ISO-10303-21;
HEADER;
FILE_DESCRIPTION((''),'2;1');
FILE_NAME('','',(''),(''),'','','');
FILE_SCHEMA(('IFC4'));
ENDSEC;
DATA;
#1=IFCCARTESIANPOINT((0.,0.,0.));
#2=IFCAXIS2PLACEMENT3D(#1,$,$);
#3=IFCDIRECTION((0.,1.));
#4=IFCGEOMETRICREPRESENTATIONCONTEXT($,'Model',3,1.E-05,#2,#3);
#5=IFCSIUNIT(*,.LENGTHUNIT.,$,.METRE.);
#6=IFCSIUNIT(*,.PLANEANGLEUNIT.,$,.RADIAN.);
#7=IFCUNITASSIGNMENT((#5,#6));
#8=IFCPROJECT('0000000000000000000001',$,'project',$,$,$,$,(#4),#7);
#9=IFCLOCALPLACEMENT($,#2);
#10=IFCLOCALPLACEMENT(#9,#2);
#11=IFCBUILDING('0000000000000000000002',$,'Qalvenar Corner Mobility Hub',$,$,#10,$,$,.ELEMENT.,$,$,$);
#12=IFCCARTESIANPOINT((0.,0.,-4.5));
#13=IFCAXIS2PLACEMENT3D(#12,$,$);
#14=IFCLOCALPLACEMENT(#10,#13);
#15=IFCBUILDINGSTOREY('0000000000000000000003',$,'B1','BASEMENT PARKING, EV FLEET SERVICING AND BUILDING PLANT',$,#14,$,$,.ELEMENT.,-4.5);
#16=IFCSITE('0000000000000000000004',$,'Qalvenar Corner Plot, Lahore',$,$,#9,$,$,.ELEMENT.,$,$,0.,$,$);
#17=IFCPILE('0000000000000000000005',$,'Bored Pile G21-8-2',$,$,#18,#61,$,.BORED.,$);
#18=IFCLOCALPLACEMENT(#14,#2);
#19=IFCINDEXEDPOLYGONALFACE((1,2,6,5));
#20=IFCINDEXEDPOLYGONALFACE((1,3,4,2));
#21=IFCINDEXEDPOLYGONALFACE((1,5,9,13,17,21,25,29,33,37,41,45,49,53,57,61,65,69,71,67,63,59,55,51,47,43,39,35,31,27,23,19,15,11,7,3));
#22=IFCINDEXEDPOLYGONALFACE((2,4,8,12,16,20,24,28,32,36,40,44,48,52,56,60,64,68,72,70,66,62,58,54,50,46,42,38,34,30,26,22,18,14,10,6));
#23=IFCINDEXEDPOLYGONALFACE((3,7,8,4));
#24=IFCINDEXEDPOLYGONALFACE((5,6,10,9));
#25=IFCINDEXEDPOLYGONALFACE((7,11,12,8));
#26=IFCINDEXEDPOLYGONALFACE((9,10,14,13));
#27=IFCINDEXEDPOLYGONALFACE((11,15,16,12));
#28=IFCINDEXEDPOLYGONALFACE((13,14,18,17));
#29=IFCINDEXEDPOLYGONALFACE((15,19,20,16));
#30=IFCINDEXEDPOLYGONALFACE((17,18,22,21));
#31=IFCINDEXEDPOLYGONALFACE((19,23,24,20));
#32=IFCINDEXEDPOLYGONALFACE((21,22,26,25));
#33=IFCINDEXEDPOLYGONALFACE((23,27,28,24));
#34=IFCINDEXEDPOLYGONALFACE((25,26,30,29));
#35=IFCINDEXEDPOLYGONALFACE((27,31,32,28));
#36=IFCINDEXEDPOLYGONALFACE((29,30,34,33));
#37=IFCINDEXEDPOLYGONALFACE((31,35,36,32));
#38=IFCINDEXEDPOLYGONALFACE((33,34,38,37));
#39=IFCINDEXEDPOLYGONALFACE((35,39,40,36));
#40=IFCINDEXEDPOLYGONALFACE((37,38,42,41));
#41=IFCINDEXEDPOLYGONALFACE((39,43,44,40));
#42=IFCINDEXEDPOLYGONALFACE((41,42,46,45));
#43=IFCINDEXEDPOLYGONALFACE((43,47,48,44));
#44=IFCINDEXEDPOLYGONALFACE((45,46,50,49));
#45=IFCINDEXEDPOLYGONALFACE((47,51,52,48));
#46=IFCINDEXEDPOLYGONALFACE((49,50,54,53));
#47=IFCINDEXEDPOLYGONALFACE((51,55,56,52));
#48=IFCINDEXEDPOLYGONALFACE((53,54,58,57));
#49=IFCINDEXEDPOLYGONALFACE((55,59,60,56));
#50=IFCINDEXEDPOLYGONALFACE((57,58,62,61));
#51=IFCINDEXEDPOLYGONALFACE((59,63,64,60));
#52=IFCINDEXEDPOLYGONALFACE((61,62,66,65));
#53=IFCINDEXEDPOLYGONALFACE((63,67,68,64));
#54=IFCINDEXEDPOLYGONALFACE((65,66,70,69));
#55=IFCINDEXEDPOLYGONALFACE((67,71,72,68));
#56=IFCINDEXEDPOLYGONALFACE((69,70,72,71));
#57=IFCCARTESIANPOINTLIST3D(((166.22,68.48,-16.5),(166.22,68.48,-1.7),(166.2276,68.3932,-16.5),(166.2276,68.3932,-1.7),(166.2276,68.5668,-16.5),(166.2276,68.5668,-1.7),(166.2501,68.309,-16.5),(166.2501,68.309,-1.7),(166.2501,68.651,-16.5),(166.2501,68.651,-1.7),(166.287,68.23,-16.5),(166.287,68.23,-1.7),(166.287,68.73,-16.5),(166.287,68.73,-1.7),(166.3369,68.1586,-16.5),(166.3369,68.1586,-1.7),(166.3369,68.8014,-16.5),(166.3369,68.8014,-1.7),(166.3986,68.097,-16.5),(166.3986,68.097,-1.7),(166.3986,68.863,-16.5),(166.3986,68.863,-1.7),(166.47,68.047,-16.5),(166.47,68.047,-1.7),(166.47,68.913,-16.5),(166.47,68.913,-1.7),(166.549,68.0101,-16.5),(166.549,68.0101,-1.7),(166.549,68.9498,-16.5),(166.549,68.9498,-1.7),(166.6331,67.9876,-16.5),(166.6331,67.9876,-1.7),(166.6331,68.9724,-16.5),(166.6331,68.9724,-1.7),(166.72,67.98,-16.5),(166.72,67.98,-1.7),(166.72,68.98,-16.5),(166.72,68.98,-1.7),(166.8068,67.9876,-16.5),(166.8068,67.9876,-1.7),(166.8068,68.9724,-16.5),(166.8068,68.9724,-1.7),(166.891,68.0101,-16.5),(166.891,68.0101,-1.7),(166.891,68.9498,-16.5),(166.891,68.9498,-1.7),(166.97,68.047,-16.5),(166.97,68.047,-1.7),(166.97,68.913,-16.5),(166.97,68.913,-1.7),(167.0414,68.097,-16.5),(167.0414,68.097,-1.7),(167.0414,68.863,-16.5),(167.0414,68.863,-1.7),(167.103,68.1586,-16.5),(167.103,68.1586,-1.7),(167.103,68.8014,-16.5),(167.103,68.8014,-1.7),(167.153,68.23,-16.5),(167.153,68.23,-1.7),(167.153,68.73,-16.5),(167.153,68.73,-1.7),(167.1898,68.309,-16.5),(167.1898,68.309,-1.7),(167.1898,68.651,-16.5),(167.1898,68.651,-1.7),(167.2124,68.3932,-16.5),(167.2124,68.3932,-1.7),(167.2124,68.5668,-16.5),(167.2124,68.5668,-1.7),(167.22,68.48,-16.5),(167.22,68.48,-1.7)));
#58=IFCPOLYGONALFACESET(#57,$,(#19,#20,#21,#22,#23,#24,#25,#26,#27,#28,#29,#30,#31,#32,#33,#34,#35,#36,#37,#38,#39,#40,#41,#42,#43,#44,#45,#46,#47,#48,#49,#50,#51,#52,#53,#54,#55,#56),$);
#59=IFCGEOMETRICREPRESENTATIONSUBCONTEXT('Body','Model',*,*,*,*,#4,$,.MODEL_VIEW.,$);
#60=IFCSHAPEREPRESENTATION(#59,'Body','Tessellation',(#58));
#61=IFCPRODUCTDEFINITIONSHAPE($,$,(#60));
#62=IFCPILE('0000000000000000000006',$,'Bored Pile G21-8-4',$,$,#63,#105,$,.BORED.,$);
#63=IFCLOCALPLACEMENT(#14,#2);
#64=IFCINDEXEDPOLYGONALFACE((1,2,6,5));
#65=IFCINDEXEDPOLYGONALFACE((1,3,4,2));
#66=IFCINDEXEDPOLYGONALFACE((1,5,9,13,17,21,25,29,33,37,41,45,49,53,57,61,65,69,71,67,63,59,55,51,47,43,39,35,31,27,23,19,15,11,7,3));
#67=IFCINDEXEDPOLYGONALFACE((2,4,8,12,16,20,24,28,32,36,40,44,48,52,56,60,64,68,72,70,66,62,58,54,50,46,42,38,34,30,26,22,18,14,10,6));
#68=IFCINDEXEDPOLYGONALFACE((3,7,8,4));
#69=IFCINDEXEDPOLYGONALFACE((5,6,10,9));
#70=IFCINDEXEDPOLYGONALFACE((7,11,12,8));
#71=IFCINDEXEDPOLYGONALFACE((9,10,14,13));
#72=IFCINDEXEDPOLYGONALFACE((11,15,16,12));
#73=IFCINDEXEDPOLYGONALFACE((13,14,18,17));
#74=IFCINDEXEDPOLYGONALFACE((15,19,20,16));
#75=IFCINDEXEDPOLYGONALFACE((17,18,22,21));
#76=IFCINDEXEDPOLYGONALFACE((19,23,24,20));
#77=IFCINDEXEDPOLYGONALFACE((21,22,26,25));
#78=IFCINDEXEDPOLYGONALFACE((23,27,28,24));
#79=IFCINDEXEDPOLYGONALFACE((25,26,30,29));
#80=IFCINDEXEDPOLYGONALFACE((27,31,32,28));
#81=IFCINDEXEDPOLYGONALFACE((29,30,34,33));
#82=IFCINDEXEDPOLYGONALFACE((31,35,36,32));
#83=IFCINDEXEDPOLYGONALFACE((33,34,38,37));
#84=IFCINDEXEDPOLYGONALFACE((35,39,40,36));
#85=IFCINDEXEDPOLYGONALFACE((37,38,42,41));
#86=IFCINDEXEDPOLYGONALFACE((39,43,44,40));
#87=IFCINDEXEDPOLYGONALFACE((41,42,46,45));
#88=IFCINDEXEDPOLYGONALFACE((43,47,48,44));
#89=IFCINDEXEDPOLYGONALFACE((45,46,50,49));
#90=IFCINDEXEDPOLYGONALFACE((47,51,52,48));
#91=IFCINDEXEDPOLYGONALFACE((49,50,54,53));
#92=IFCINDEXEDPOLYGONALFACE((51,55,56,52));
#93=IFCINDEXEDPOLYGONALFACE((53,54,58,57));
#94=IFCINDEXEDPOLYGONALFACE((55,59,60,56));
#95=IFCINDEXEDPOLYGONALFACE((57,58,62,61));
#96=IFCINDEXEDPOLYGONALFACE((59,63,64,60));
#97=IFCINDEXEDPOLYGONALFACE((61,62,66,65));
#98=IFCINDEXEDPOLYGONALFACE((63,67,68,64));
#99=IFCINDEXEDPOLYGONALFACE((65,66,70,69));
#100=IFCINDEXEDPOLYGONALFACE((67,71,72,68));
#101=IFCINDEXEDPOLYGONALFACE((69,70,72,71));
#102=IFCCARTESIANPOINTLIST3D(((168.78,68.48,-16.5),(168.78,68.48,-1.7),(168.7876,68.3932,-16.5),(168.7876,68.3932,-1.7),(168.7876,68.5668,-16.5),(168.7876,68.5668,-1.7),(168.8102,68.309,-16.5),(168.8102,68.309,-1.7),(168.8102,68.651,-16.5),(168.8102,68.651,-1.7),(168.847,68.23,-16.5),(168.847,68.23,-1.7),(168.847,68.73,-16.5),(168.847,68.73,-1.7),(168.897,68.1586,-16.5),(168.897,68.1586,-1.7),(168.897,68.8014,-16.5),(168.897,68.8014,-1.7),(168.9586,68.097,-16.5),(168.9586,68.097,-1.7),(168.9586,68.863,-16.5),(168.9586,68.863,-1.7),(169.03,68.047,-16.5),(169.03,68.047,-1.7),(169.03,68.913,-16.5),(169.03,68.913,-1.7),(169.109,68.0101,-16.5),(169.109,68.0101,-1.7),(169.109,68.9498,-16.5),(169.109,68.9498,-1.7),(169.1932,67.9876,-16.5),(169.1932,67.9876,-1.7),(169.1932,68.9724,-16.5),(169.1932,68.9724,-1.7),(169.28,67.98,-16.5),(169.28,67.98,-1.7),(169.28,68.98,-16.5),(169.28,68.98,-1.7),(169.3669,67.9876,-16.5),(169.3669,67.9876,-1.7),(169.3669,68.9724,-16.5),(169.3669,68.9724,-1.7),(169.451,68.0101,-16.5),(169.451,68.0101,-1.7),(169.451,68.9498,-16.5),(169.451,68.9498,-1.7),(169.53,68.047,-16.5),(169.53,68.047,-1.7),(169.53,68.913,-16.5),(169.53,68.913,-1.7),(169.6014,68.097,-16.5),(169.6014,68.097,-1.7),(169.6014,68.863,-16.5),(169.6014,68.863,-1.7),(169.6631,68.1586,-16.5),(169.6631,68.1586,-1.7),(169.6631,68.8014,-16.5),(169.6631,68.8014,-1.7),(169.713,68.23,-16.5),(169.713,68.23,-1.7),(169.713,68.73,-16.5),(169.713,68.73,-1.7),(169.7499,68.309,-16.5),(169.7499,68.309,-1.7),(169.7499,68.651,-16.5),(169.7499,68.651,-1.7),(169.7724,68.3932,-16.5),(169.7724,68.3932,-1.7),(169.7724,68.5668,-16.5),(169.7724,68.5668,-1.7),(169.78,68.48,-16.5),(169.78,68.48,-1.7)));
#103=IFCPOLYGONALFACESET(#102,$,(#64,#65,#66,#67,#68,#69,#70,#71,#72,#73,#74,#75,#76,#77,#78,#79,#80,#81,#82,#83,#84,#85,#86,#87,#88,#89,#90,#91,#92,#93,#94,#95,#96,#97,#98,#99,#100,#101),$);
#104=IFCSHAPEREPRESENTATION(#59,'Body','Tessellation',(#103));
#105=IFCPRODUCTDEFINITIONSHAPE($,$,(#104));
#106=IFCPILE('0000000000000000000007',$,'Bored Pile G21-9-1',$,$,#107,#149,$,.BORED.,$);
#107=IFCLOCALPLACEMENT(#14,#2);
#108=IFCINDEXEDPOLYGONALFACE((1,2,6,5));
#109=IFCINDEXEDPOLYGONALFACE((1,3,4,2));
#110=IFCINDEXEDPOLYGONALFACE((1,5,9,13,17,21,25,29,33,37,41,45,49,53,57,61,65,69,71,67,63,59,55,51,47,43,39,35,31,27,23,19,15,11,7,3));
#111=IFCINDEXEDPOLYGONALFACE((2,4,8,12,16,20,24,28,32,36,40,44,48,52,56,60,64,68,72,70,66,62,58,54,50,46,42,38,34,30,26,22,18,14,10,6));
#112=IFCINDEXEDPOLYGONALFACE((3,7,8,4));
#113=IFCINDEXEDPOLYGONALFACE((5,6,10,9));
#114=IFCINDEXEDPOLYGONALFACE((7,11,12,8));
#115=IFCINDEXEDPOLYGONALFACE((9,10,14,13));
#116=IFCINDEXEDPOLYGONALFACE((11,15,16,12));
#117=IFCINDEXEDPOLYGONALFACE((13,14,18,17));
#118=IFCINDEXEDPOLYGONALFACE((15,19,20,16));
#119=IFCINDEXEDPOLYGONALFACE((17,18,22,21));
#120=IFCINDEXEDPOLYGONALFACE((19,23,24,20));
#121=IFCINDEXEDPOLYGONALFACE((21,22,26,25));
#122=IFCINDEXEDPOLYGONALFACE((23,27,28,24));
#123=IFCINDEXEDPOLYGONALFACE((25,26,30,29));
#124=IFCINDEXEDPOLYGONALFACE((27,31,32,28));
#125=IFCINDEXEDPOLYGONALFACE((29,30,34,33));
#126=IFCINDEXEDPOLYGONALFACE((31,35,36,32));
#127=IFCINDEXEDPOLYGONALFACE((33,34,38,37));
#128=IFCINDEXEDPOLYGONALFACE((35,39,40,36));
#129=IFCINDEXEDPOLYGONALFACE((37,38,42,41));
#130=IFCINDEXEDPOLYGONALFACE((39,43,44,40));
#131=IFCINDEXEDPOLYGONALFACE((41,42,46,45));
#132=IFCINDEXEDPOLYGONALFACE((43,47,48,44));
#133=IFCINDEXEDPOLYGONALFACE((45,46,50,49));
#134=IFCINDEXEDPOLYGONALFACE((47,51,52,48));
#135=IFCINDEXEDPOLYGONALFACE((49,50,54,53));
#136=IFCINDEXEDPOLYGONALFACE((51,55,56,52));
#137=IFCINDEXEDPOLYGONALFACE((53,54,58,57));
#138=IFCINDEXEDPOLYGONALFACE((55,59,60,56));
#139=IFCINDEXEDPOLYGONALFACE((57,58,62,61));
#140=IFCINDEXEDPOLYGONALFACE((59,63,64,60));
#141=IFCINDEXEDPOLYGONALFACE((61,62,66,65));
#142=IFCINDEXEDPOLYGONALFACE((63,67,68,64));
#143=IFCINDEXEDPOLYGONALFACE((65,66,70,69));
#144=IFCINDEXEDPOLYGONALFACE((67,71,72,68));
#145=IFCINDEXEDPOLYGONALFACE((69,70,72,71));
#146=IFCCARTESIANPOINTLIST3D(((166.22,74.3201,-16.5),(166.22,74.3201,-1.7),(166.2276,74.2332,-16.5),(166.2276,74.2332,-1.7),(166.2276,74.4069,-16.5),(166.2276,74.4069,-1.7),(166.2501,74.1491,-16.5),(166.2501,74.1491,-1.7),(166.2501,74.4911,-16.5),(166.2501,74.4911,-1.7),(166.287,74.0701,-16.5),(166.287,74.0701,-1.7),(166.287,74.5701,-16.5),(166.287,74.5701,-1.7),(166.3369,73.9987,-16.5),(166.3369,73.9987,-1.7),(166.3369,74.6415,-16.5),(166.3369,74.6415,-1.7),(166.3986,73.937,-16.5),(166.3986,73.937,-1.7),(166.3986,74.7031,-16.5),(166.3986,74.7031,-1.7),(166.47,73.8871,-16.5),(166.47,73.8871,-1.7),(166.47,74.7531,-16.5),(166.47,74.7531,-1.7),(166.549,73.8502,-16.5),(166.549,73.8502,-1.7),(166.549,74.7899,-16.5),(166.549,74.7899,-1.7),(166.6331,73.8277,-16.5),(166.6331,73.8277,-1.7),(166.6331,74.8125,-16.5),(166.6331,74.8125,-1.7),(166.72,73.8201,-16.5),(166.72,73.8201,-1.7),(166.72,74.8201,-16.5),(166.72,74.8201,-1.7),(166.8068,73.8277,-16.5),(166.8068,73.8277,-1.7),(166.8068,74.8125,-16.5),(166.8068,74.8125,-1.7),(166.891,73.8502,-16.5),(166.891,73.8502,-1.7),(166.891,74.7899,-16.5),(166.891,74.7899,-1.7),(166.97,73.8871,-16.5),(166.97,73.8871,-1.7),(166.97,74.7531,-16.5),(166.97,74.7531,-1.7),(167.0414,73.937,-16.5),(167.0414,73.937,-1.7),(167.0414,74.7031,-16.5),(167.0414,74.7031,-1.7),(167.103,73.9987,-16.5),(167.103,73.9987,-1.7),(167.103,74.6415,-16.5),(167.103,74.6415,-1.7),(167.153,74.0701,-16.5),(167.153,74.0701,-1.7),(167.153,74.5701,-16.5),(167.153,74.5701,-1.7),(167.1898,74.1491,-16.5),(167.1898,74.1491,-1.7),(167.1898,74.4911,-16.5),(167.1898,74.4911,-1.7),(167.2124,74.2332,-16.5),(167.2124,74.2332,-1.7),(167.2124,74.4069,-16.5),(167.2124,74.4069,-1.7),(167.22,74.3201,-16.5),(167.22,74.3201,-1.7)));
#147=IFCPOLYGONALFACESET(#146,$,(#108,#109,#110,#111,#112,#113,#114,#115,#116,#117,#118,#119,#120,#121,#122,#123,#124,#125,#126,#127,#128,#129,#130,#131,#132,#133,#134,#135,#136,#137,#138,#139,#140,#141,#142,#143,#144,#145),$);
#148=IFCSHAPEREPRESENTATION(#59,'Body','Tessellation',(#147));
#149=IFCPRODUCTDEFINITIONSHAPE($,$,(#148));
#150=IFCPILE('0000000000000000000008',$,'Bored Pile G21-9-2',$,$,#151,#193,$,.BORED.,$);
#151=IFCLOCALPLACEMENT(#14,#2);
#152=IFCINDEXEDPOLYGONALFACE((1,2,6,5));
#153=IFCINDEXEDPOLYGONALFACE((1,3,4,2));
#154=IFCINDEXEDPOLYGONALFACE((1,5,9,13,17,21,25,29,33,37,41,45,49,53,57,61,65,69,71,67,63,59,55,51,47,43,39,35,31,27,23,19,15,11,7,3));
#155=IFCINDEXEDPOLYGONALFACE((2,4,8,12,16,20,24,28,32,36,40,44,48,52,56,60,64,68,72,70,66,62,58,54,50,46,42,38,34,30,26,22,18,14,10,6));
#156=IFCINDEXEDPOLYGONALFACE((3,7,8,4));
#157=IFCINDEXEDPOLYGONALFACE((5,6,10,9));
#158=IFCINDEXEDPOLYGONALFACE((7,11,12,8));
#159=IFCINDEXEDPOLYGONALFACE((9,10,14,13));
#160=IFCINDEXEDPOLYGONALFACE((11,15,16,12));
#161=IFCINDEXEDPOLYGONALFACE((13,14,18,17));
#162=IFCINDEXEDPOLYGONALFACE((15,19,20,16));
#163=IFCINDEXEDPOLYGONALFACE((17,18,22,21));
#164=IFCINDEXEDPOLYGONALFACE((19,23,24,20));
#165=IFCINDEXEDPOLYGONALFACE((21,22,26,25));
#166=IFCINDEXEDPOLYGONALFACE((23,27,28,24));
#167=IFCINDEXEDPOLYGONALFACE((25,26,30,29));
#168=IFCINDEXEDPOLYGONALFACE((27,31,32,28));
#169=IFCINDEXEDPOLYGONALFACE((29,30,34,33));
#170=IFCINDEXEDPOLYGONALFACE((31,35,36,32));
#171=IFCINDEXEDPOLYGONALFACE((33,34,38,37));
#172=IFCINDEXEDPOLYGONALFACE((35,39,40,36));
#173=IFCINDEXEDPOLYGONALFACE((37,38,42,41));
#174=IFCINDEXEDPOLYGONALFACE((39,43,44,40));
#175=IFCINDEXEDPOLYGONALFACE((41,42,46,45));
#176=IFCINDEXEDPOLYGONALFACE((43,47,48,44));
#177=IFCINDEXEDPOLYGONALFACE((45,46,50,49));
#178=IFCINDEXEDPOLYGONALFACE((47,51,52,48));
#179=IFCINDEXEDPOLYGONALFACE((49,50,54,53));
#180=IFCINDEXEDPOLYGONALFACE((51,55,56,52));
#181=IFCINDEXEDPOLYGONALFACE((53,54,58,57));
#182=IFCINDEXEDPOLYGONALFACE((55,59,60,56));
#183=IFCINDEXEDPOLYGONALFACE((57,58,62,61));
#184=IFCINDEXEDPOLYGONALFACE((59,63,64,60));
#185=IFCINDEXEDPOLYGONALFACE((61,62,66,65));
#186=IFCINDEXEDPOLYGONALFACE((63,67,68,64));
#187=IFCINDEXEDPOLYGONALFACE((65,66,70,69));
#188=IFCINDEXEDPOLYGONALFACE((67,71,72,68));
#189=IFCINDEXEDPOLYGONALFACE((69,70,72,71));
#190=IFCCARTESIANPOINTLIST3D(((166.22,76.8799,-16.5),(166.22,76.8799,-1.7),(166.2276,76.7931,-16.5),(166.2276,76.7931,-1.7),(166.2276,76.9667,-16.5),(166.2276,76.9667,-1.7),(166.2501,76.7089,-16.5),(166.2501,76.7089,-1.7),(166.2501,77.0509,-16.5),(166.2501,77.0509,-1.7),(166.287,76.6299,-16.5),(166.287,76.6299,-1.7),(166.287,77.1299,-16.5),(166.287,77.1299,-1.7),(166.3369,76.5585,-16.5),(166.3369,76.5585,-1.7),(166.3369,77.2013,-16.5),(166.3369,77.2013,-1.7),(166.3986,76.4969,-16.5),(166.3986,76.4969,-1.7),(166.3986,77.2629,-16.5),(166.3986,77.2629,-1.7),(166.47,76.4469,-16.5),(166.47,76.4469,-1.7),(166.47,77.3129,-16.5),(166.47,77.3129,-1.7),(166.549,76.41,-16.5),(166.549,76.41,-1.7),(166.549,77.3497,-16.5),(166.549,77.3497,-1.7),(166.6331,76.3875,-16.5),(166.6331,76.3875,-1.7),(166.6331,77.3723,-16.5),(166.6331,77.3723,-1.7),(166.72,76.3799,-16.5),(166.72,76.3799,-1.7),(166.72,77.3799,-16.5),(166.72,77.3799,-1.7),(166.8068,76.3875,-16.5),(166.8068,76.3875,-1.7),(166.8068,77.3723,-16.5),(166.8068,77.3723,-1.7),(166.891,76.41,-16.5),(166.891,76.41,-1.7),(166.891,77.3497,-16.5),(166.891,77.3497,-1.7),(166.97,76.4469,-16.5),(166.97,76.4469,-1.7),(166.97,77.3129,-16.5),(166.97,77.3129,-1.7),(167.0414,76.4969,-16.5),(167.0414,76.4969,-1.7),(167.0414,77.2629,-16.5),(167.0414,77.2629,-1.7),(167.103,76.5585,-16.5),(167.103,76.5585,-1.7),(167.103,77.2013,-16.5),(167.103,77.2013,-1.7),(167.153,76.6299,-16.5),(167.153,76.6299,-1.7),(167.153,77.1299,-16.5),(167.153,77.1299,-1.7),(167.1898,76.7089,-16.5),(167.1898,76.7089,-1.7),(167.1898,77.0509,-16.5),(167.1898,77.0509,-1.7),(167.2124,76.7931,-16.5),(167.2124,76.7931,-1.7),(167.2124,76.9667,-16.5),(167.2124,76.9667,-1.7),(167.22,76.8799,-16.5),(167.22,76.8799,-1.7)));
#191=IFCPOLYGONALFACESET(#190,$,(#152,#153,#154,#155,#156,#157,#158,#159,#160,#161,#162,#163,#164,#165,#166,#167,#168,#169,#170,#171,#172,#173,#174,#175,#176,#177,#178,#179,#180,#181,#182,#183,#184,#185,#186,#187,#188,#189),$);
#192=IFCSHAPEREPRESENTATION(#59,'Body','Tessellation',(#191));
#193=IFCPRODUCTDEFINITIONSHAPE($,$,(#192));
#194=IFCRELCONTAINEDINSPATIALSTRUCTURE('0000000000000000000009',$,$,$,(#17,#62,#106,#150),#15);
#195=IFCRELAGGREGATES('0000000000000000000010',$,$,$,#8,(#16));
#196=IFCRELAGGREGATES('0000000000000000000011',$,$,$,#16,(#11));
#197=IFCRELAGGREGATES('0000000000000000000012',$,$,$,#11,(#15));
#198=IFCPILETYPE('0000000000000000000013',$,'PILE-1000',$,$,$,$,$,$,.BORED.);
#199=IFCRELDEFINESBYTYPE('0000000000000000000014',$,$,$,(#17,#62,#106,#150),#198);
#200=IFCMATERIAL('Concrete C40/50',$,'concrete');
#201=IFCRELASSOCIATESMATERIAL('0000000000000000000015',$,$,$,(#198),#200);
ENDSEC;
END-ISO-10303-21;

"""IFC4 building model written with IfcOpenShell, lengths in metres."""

from ifc_helpers import new_model, si_unit, direction, frame, origin, origin_2d, place, context, subcontext, project, spatial, circle, extrude, material, material_profile, profile_set, type_object, element, save


model = new_model("IFC4")

# Units and contexts
model_context = context("Model", 3, precision=1e-05, world=origin(), true_north=direction((0.0, 1.0)))
body_context = subcontext(model_context, "Body", "Model", "MODEL_VIEW")
ifc_project = project(units=[si_unit("LENGTHUNIT", "METRE"), si_unit("PLANEANGLEUNIT", "RADIAN")], contexts=[model_context])

# Site, building, storey
site_placement = place(None, origin())
site = spatial("IfcSite", under=ifc_project, at=site_placement, Name="Qalvenar Corner Plot, Lahore", CompositionType="ELEMENT", RefElevation=0.0)
building_placement = place(site_placement, origin())
building = spatial("IfcBuilding", under=site, at=building_placement, Name="Qalvenar Corner Mobility Hub", CompositionType="ELEMENT")
storey_placement = place(building_placement, frame((0.0, 0.0, -4.5)))
storey = spatial("IfcBuildingStorey", under=building, at=storey_placement, Name="B1", Description="BASEMENT PARKING, EV FLEET SERVICING AND BUILDING PLANT", CompositionType="ELEMENT", Elevation=-4.5)

# Shared definitions
ifc_material_1 = material(Name="Concrete C40/50", Category="concrete")

# Piles
ifc_material_profile_1 = material_profile(ifc_material_1, circle(Radius=0.5, at=origin_2d()), Name="DIA1000")
ifc_profile_set_1 = profile_set([ifc_material_profile_1], Name="Concrete C40/50")
pile_type = type_object("IfcPileType", Name="PILE-1000", PredefinedType="BORED", material=ifc_profile_set_1)
for number, where, z_axis, x_axis, name in (
    (1, (166.72, 68.48, -1.7), (0.0, 0.0, -1.0), (1.0, 0.0, 0.0), "Bored Pile G21-8-2"),
    (2, (169.28, 68.48, -1.7), (0.0, 0.0, -1.0), (1.0, 0.0, 0.0), "Bored Pile G21-8-4"),
    (3, (166.72, 74.3201, -1.7), (0.0, 0.0, -1.0), (1.0, 0.0, 0.0), "Bored Pile G21-9-1"),
    (4, (166.72, 76.8799, -1.7), (0.0, 0.0, -1.0), (1.0, 0.0, 0.0), "Bored Pile G21-9-2"),
):
    element("IfcPile", number, at=place(storey_placement, frame(where, z_axis=z_axis, x_axis=x_axis)), inside=storey, type_object=pile_type, Name=name, PredefinedType="BORED", context=body_context, shape_type="SweptSolid", body=[
        extrude(circle(Radius=0.5, at=origin_2d()), origin(), (0.0, 0.0, 1.0), 14.8),
    ])

save(model, "model.ifc")
